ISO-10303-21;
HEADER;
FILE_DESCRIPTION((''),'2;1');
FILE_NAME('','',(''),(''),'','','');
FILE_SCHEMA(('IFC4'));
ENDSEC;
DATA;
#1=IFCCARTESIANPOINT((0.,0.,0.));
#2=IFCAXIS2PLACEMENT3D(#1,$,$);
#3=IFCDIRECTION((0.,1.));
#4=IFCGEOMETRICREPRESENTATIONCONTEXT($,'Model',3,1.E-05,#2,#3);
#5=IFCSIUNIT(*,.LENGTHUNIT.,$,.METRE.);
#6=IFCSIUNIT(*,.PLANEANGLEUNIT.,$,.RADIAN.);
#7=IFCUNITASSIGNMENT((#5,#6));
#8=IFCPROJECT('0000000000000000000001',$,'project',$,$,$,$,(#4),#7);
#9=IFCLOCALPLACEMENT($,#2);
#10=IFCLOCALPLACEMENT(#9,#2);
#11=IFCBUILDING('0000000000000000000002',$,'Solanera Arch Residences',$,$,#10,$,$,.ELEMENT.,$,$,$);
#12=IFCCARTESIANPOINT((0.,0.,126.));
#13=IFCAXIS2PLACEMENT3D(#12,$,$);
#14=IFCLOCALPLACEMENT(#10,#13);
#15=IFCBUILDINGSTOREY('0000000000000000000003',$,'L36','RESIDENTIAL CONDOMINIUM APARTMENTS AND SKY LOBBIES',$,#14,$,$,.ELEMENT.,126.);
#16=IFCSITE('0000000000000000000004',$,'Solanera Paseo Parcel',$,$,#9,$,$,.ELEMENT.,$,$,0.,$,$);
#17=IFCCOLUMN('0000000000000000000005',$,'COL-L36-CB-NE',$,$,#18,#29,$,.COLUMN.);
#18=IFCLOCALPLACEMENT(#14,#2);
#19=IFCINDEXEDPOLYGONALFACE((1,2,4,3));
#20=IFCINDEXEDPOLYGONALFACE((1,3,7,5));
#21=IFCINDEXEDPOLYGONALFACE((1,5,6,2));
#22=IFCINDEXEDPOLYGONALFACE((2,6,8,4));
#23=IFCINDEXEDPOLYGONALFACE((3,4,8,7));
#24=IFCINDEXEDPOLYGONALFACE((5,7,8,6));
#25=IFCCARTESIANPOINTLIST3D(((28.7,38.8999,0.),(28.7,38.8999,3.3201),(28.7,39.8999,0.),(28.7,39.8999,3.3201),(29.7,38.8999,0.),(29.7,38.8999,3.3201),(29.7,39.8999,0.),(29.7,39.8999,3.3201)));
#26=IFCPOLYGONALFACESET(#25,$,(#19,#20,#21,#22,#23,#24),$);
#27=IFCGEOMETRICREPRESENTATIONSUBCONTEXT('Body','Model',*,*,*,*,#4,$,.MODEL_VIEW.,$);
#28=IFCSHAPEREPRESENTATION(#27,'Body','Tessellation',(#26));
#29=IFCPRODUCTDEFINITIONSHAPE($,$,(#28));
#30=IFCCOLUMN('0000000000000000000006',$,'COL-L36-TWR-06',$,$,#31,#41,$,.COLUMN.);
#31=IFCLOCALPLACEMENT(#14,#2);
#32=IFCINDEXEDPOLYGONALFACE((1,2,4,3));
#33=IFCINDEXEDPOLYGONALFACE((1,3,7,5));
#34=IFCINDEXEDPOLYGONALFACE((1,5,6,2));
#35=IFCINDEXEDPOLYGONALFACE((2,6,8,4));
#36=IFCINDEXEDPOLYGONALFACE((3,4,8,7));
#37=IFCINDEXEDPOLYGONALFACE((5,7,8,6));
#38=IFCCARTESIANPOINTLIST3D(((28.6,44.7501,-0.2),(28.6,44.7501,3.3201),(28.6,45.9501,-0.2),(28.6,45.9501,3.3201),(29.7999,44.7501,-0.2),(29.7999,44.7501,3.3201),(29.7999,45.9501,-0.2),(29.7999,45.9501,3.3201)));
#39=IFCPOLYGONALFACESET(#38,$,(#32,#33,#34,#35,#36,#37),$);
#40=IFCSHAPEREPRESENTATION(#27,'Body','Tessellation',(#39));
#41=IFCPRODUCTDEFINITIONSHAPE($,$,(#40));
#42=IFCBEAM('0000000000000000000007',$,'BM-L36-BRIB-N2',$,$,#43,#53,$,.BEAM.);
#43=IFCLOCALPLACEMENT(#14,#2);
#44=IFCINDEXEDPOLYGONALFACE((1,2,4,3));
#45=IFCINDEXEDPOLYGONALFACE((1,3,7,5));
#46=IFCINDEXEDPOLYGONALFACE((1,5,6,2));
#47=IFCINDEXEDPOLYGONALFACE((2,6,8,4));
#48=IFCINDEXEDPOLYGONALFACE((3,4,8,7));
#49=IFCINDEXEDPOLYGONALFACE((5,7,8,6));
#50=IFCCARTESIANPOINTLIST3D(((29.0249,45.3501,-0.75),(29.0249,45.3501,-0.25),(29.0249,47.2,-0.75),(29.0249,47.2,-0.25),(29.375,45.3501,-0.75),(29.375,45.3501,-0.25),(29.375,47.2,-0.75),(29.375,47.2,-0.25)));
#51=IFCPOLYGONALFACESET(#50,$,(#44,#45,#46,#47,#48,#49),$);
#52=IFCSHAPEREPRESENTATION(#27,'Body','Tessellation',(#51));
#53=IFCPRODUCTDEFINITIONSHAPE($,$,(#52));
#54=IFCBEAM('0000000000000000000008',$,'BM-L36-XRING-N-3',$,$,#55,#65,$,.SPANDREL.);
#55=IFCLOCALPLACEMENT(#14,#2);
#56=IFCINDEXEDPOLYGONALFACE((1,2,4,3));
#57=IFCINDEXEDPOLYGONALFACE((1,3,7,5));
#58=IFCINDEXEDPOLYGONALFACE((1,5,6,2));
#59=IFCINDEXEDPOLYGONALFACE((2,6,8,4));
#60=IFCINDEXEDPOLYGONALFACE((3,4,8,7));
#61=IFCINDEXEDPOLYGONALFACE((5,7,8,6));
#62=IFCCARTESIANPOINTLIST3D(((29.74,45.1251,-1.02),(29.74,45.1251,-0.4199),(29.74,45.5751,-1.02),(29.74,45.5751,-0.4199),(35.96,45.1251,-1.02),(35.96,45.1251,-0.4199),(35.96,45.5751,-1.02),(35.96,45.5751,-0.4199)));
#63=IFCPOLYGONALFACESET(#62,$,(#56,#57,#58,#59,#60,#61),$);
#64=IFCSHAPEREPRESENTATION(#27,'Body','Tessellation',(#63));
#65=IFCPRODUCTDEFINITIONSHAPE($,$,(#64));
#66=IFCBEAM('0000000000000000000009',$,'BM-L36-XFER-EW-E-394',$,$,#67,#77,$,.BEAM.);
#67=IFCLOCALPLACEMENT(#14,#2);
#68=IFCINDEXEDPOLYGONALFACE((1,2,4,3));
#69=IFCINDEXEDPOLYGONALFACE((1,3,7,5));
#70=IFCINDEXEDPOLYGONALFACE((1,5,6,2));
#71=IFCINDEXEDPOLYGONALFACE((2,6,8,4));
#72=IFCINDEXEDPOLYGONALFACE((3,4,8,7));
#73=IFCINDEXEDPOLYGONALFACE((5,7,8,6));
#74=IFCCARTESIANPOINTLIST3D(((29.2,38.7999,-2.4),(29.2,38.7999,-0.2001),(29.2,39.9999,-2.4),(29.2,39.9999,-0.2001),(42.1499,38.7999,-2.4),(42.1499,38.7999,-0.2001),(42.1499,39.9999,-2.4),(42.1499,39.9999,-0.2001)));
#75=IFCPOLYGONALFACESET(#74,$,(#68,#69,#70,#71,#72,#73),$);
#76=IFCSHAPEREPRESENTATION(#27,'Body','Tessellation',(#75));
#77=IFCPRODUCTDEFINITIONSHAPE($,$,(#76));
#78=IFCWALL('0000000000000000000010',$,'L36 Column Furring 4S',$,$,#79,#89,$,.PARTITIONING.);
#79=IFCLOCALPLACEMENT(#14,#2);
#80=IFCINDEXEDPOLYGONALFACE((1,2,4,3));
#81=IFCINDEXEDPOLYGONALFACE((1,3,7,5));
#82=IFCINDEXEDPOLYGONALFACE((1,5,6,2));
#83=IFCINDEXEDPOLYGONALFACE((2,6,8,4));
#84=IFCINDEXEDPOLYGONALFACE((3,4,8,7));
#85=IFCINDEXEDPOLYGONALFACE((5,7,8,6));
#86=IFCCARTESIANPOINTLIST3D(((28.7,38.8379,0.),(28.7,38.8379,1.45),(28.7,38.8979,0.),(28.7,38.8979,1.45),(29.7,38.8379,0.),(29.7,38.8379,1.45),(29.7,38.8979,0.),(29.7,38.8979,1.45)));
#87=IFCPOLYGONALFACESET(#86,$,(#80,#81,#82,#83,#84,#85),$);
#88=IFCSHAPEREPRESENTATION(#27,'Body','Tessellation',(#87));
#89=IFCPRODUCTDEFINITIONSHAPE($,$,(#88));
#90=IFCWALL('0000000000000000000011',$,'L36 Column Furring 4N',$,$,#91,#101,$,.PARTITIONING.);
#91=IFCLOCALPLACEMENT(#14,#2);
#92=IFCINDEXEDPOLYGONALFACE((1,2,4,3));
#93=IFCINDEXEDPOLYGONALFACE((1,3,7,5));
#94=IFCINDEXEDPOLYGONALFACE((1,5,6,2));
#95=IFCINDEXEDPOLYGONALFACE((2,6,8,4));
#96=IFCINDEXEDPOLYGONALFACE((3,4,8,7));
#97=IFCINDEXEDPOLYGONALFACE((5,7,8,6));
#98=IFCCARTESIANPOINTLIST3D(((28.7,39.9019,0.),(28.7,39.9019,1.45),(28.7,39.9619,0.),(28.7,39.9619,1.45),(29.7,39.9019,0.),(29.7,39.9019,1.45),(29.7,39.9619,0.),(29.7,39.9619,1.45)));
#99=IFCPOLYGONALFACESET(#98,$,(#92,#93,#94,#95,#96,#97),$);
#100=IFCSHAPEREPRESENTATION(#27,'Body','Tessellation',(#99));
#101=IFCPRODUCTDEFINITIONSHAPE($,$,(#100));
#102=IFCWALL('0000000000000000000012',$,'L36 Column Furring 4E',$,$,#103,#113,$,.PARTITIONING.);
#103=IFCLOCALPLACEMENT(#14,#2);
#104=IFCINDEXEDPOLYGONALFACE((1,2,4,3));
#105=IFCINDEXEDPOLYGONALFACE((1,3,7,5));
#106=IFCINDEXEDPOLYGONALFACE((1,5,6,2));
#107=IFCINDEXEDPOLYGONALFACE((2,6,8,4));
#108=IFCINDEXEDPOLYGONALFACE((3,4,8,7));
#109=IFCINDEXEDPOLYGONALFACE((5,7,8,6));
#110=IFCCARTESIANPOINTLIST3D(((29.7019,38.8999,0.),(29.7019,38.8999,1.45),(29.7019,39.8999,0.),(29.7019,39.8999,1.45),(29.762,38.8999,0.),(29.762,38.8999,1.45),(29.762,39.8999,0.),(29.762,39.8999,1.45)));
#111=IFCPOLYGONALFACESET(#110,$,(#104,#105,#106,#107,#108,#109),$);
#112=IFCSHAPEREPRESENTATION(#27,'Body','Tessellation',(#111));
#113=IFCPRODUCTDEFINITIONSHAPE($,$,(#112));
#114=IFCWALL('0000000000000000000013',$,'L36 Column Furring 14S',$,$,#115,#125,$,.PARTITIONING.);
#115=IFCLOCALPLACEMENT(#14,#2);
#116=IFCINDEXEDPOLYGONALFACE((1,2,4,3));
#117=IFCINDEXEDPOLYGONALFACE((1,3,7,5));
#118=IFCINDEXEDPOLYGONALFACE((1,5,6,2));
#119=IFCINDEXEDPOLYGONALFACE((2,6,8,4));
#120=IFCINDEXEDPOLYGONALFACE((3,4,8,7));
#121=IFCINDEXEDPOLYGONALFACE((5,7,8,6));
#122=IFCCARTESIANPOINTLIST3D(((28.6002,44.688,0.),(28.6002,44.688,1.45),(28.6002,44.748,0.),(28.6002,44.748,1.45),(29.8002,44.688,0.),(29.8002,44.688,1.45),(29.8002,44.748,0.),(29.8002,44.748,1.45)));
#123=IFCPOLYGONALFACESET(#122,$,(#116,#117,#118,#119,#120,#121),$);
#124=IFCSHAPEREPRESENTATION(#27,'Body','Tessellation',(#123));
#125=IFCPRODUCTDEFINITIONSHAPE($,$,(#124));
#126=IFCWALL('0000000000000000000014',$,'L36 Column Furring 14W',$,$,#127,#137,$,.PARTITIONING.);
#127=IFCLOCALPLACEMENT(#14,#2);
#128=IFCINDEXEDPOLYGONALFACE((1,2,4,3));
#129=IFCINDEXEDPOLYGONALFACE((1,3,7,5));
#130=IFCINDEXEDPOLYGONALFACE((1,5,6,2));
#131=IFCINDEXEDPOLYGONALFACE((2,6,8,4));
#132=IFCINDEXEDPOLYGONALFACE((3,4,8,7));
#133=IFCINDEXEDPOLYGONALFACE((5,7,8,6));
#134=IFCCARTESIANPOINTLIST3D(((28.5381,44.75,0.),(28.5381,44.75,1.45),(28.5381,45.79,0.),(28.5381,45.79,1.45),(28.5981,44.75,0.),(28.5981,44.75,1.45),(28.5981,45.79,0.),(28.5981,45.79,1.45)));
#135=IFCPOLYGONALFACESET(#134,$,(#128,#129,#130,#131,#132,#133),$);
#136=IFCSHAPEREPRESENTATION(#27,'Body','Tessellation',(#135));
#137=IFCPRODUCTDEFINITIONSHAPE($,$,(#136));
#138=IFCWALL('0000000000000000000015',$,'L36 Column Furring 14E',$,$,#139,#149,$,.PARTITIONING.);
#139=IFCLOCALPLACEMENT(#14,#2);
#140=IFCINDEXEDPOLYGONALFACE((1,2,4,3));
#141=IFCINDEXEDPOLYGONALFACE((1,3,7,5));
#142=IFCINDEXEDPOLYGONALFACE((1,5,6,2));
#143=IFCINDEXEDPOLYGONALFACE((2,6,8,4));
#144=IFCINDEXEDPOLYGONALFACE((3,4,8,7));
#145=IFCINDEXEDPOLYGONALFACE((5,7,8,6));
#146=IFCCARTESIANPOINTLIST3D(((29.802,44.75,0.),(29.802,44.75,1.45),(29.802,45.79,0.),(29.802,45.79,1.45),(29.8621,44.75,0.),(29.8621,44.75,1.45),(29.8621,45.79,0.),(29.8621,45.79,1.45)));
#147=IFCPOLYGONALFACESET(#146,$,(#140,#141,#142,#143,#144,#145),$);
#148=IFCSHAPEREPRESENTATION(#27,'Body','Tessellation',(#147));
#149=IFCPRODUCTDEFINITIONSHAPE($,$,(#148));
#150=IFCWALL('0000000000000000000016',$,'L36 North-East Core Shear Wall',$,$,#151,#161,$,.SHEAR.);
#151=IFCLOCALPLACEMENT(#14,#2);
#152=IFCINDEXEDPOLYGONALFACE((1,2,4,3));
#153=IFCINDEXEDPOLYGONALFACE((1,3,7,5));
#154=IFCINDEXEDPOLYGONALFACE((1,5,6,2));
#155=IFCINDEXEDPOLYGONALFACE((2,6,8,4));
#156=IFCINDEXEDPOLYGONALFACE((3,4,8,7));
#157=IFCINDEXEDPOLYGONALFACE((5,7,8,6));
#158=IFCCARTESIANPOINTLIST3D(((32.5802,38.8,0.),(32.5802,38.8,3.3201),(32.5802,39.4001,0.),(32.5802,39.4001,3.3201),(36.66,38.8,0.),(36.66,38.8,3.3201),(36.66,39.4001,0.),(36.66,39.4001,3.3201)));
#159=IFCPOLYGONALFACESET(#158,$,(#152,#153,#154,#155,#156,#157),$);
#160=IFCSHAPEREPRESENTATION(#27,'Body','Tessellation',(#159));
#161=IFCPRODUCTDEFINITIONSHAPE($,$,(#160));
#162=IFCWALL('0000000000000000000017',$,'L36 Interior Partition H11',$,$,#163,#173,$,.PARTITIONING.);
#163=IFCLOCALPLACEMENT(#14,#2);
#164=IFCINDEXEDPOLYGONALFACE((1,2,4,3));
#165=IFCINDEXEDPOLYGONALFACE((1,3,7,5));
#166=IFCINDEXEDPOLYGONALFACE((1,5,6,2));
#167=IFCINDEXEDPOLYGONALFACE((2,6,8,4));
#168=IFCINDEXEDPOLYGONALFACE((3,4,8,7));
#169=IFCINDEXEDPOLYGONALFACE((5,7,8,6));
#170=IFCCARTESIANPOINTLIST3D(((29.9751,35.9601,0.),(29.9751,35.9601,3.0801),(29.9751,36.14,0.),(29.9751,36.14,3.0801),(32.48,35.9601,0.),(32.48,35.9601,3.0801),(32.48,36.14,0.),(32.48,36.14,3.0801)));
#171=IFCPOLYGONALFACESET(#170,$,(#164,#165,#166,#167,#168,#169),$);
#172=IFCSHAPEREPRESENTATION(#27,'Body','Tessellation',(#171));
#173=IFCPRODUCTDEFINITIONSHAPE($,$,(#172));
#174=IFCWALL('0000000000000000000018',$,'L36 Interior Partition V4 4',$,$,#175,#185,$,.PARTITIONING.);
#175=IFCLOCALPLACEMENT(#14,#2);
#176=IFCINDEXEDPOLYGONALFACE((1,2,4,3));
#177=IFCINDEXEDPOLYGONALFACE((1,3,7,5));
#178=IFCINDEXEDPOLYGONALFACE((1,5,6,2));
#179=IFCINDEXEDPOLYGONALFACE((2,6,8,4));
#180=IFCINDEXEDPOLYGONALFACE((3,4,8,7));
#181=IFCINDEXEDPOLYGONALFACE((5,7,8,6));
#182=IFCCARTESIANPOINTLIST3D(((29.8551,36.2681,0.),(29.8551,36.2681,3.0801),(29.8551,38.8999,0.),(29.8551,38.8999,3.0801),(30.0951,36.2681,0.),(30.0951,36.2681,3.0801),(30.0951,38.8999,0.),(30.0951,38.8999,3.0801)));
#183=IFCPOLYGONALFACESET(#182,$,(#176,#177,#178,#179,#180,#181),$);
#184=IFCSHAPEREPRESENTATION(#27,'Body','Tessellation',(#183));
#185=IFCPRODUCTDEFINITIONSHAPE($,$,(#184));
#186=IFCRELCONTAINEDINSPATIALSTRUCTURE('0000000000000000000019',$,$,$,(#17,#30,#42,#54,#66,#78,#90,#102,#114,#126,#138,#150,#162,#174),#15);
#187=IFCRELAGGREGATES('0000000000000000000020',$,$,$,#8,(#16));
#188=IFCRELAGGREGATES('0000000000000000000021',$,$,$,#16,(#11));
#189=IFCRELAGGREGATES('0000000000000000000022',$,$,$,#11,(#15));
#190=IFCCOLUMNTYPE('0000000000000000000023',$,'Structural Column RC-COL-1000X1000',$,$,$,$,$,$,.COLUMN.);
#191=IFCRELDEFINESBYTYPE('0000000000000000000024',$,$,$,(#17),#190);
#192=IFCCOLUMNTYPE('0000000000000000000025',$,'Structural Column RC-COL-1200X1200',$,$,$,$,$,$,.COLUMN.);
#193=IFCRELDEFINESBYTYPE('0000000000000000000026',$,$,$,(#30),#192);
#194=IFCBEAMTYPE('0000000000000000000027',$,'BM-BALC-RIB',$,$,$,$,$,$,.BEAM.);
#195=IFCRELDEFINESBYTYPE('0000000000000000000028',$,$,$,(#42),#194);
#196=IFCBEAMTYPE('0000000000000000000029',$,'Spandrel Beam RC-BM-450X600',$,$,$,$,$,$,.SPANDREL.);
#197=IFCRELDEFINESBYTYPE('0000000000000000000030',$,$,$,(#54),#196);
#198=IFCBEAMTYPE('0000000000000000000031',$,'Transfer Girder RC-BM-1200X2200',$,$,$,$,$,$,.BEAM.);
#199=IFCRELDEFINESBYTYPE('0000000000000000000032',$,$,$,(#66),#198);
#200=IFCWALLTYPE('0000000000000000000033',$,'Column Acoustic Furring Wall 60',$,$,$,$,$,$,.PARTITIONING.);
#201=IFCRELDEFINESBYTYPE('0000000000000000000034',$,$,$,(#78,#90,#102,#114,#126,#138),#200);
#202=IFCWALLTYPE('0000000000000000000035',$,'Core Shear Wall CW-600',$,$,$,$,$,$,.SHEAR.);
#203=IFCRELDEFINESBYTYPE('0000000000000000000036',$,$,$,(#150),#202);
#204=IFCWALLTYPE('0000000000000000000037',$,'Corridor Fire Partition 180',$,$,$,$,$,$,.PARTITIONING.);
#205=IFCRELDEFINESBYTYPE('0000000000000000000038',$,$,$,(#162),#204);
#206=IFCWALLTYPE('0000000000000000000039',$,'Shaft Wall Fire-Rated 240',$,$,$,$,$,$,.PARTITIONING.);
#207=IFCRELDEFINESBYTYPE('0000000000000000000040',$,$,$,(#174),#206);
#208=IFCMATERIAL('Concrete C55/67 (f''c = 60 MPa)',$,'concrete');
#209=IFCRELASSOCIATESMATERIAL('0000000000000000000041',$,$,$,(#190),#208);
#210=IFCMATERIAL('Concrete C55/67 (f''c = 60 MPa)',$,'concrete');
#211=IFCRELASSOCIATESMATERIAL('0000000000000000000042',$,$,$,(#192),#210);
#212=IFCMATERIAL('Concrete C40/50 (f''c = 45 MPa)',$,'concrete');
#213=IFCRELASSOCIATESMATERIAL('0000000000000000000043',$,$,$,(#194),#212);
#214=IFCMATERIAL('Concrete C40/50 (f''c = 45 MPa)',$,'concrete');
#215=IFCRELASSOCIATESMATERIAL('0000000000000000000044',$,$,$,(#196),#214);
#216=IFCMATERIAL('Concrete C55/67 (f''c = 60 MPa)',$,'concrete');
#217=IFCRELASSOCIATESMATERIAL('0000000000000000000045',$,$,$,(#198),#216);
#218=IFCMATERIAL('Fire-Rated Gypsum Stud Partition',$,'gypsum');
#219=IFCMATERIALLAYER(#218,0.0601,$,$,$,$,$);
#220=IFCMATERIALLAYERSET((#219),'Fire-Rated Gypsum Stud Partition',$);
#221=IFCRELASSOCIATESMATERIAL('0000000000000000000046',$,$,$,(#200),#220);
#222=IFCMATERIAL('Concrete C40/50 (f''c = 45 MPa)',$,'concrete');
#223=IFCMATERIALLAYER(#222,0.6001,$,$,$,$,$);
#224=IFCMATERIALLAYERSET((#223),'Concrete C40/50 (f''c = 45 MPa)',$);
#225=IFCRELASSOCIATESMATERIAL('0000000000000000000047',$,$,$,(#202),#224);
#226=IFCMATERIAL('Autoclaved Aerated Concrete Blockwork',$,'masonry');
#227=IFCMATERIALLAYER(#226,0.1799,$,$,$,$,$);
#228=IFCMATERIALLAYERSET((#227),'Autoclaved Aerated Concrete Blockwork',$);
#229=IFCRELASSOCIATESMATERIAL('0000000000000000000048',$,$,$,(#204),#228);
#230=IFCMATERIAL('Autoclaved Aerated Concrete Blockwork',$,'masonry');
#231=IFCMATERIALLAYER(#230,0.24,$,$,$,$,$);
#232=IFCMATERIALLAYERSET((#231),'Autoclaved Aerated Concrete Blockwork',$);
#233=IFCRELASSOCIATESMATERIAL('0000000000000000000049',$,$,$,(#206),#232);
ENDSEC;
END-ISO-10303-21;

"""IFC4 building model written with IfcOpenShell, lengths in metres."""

from ifc_helpers import new_model, si_unit, direction, frame, frame_2d, origin, origin_2d, place, context, subcontext, project, spatial, rectangle, extrude, material, layer, layer_set, material_profile, profile_set, type_object, element, save


model = new_model("IFC4")

# Units and contexts
model_context = context("Model", 3, precision=1e-05, world=origin(), true_north=direction((0.0, 1.0)))
body_context = subcontext(model_context, "Body", "Model", "MODEL_VIEW")
ifc_project = project(units=[si_unit("LENGTHUNIT", "METRE"), si_unit("PLANEANGLEUNIT", "RADIAN")], contexts=[model_context])

# Site, building, storey
site_placement = place(None, origin())
site = spatial("IfcSite", under=ifc_project, at=site_placement, Name="Solanera Paseo Parcel", CompositionType="ELEMENT", RefElevation=0.0)
building_placement = place(site_placement, origin())
building = spatial("IfcBuilding", under=site, at=building_placement, Name="Solanera Arch Residences", CompositionType="ELEMENT")
storey_placement = place(building_placement, frame((0.0, 0.0, 126.0)))
storey = spatial("IfcBuildingStorey", under=building, at=storey_placement, Name="L36", Description="RESIDENTIAL CONDOMINIUM APARTMENTS AND SKY LOBBIES", CompositionType="ELEMENT", Elevation=126.0)

# Columns
ifc_material_1 = material(Name="Concrete C55/67 (f'c = 60 MPa)", Category="concrete")
ifc_material_profile_1 = material_profile(ifc_material_1, rectangle(XDim=1.0, YDim=1.0, at=origin_2d()))
ifc_profile_set_1 = profile_set([ifc_material_profile_1], Name="Concrete C55/67 (f'c = 60 MPa)")
column_type_1 = type_object("IfcColumnType", Name="Structural Column RC-COL-1000X1000", PredefinedType="COLUMN", material=ifc_profile_set_1)
column_1_placement = place(storey_placement, frame((29.2, 39.3999, 0.0), z_axis=(0.0, 0.0, 1.0), x_axis=(1.0, 0.0, 0.0)))
element("IfcColumn", 1, at=column_1_placement, inside=storey, type_object=column_type_1, Name="COL-L36-CB-NE", PredefinedType="COLUMN", context=body_context, shape_type="SweptSolid", body=[
    extrude(rectangle(XDim=1.0, YDim=1.0, at=origin_2d()), origin(), (0.0, 0.0, 1.0), 3.3201),
])
ifc_material_2 = material(Name="Concrete C55/67 (f'c = 60 MPa)", Category="concrete")
ifc_material_profile_2 = material_profile(ifc_material_2, rectangle(XDim=1.2, YDim=1.2, at=origin_2d()))
ifc_profile_set_2 = profile_set([ifc_material_profile_2], Name="Concrete C55/67 (f'c = 60 MPa)")
column_type_2 = type_object("IfcColumnType", Name="Structural Column RC-COL-1200X1200", PredefinedType="COLUMN", material=ifc_profile_set_2)
column_2_placement = place(storey_placement, frame((29.2, 45.3501, -0.2), z_axis=(0.0, 0.0, 1.0), x_axis=(1.0, 0.0, 0.0)))
element("IfcColumn", 2, at=column_2_placement, inside=storey, type_object=column_type_2, Name="COL-L36-TWR-06", PredefinedType="COLUMN", context=body_context, shape_type="SweptSolid", body=[
    extrude(rectangle(XDim=1.2, YDim=1.2, at=origin_2d()), origin(), (0.0, 0.0, 1.0), 3.52),
])

# Beams
ifc_material_3 = material(Name="Concrete C40/50 (f'c = 45 MPa)", Category="concrete")
ifc_material_profile_3 = material_profile(ifc_material_3, rectangle(XDim=0.3501, YDim=0.5, at=origin_2d()))
ifc_profile_set_3 = profile_set([ifc_material_profile_3], Name="Concrete C40/50 (f'c = 45 MPa)")
beam_type_1 = type_object("IfcBeamType", Name="BM-BALC-RIB", PredefinedType="BEAM", material=ifc_profile_set_3)
beam_1_placement = place(storey_placement, frame((29.2, 45.3501, -0.5), z_axis=(0.0, 1.0, 0.0), x_axis=(-1.0, 0.0, 0.0)))
element("IfcBeam", 3, at=beam_1_placement, inside=storey, type_object=beam_type_1, Name="BM-L36-BRIB-N2", PredefinedType="BEAM", context=body_context, shape_type="SweptSolid", body=[
    extrude(rectangle(XDim=0.3501, YDim=0.5, at=origin_2d()), origin(), (0.0, 0.0, 1.0), 1.8499),
])
ifc_material_4 = material(Name="Concrete C40/50 (f'c = 45 MPa)", Category="concrete")
ifc_material_profile_4 = material_profile(ifc_material_4, rectangle(XDim=0.45, YDim=0.6001, at=origin_2d()))
ifc_profile_set_4 = profile_set([ifc_material_profile_4], Name="Concrete C40/50 (f'c = 45 MPa)")
beam_type_2 = type_object("IfcBeamType", Name="Spandrel Beam RC-BM-450X600", PredefinedType="SPANDREL", material=ifc_profile_set_4)
beam_2_placement = place(storey_placement, frame((29.74, 45.3501, -0.72), z_axis=(1.0, 0.0, 0.0), x_axis=(0.0, 1.0, 0.0)))
element("IfcBeam", 4, at=beam_2_placement, inside=storey, type_object=beam_type_2, Name="BM-L36-XRING-N-3", PredefinedType="SPANDREL", context=body_context, shape_type="SweptSolid", body=[
    extrude(rectangle(XDim=0.45, YDim=0.6001, at=origin_2d()), origin(), (0.0, 0.0, 1.0), 6.22),
])
ifc_material_5 = material(Name="Concrete C55/67 (f'c = 60 MPa)", Category="concrete")
ifc_material_profile_5 = material_profile(ifc_material_5, rectangle(XDim=1.2, YDim=2.2, at=origin_2d()))
ifc_profile_set_5 = profile_set([ifc_material_profile_5], Name="Concrete C55/67 (f'c = 60 MPa)")
beam_type_3 = type_object("IfcBeamType", Name="Transfer Girder RC-BM-1200X2200", PredefinedType="BEAM", material=ifc_profile_set_5)
beam_3_placement = place(storey_placement, frame((29.2, 39.3999, -1.3), z_axis=(1.0, 0.0, 0.0), x_axis=(0.0, 1.0, 0.0)))
element("IfcBeam", 5, at=beam_3_placement, inside=storey, type_object=beam_type_3, Name="BM-L36-XFER-EW-E-394", PredefinedType="BEAM", context=body_context, shape_type="SweptSolid", body=[
    extrude(rectangle(XDim=1.2, YDim=2.2, at=origin_2d()), origin(), (0.0, 0.0, 1.0), 12.95),
])

# Walls
ifc_material_6 = material(Name="Fire-Rated Gypsum Stud Partition", Category="gypsum")
ifc_layer_1 = layer(ifc_material_6, 0.0601)
ifc_layer_set_1 = layer_set([ifc_layer_1], Name="Fire-Rated Gypsum Stud Partition")
wall_type_1 = type_object("IfcWallType", Name="Column Acoustic Furring Wall 60", PredefinedType="PARTITIONING", material=ifc_layer_set_1)
for number, where, z_axis, x_axis, name in (
    (6, (28.7, 38.8679, 0.0), (0.0, 0.0, 1.0), (1.0, 0.0, 0.0), "L36 Column Furring 4S"),
    (7, (28.7, 39.9319, 0.0), (0.0, 0.0, 1.0), (1.0, 0.0, 0.0), "L36 Column Furring 4N"),
    (8, (29.7319, 38.8999, 0.0), (0.0, 0.0, 1.0), (0.0, 1.0, 0.0), "L36 Column Furring 4E"),
):
    element("IfcWall", number, at=place(storey_placement, frame(where, z_axis=z_axis, x_axis=x_axis)), inside=storey, type_object=wall_type_1, Name=name, PredefinedType="PARTITIONING", context=body_context, shape_type="SweptSolid", body=[
        extrude(rectangle(XDim=1.0, YDim=0.0601, at=frame_2d((0.5, 0.0))), origin(), (0.0, 0.0, 1.0), 1.45),
    ])
wall_1_placement = place(storey_placement, frame((28.6001, 44.718, 0.0), z_axis=(0.0, 0.0, 1.0), x_axis=(1.0, 0.0, 0.0)))
element("IfcWall", 9, at=wall_1_placement, inside=storey, type_object=wall_type_1, Name="L36 Column Furring 14S", PredefinedType="PARTITIONING", context=body_context, shape_type="SweptSolid", body=[
    extrude(rectangle(XDim=1.2, YDim=0.0601, at=frame_2d((0.6001, 0.0))), origin(), (0.0, 0.0, 1.0), 1.45),
])
for number, where, z_axis, x_axis, name in (
    (10, (28.5681, 44.75, 0.0), (0.0, 0.0, 1.0), (0.0, 1.0, 0.0), "L36 Column Furring 14W"),
    (11, (29.832, 44.75, 0.0), (0.0, 0.0, 1.0), (0.0, 1.0, 0.0), "L36 Column Furring 14E"),
):
    element("IfcWall", number, at=place(storey_placement, frame(where, z_axis=z_axis, x_axis=x_axis)), inside=storey, type_object=wall_type_1, Name=name, PredefinedType="PARTITIONING", context=body_context, shape_type="SweptSolid", body=[
        extrude(rectangle(XDim=1.04, YDim=0.0601, at=frame_2d((0.52, 0.0))), origin(), (0.0, 0.0, 1.0), 1.45),
    ])
ifc_material_7 = material(Name="Concrete C40/50 (f'c = 45 MPa)", Category="concrete")
ifc_layer_2 = layer(ifc_material_7, 0.6001)
ifc_layer_set_2 = layer_set([ifc_layer_2], Name="Concrete C40/50 (f'c = 45 MPa)")
wall_type_2 = type_object("IfcWallType", Name="Core Shear Wall CW-600", PredefinedType="SHEAR", material=ifc_layer_set_2)
wall_2_placement = place(storey_placement, frame((32.5801, 39.1001, 0.0), z_axis=(0.0, 0.0, 1.0), x_axis=(1.0, 0.0, 0.0)))
element("IfcWall", 12, at=wall_2_placement, inside=storey, type_object=wall_type_2, Name="L36 North-East Core Shear Wall", PredefinedType="SHEAR", context=body_context, shape_type="SweptSolid", body=[
    extrude(rectangle(XDim=4.0798, YDim=0.6001, at=frame_2d((2.04, 0.0))), origin(), (0.0, 0.0, 1.0), 3.3201),
])
ifc_material_8 = material(Name="Autoclaved Aerated Concrete Blockwork", Category="masonry")
ifc_layer_3 = layer(ifc_material_8, 0.1799)
ifc_layer_set_3 = layer_set([ifc_layer_3], Name="Autoclaved Aerated Concrete Blockwork")
wall_type_3 = type_object("IfcWallType", Name="Corridor Fire Partition 180", PredefinedType="PARTITIONING", material=ifc_layer_set_3)
wall_3_placement = place(storey_placement, frame((29.9751, 36.05, 0.0), z_axis=(0.0, 0.0, 1.0), x_axis=(1.0, 0.0, 0.0)))
element("IfcWall", 13, at=wall_3_placement, inside=storey, type_object=wall_type_3, Name="L36 Interior Partition H11", PredefinedType="PARTITIONING", context=body_context, shape_type="SweptSolid", body=[
    extrude(rectangle(XDim=2.5049, YDim=0.1799, at=frame_2d((1.2524, 0.0))), origin(), (0.0, 0.0, 1.0), 3.0801),
])
ifc_material_9 = material(Name="Autoclaved Aerated Concrete Blockwork", Category="masonry")
ifc_layer_4 = layer(ifc_material_9, 0.24)
ifc_layer_set_4 = layer_set([ifc_layer_4], Name="Autoclaved Aerated Concrete Blockwork")
wall_type_4 = type_object("IfcWallType", Name="Shaft Wall Fire-Rated 240", PredefinedType="PARTITIONING", material=ifc_layer_set_4)
wall_4_placement = place(storey_placement, frame((29.9751, 36.2681, 0.0), z_axis=(0.0, 0.0, 1.0), x_axis=(0.0, 1.0, 0.0)))
element("IfcWall", 14, at=wall_4_placement, inside=storey, type_object=wall_type_4, Name="L36 Interior Partition V4 4", PredefinedType="PARTITIONING", context=body_context, shape_type="SweptSolid", body=[
    extrude(rectangle(XDim=2.6318, YDim=0.24, at=frame_2d((1.3159, 0.0))), origin(), (0.0, 0.0, 1.0), 3.0801),
])

save(model, "model.ifc")
